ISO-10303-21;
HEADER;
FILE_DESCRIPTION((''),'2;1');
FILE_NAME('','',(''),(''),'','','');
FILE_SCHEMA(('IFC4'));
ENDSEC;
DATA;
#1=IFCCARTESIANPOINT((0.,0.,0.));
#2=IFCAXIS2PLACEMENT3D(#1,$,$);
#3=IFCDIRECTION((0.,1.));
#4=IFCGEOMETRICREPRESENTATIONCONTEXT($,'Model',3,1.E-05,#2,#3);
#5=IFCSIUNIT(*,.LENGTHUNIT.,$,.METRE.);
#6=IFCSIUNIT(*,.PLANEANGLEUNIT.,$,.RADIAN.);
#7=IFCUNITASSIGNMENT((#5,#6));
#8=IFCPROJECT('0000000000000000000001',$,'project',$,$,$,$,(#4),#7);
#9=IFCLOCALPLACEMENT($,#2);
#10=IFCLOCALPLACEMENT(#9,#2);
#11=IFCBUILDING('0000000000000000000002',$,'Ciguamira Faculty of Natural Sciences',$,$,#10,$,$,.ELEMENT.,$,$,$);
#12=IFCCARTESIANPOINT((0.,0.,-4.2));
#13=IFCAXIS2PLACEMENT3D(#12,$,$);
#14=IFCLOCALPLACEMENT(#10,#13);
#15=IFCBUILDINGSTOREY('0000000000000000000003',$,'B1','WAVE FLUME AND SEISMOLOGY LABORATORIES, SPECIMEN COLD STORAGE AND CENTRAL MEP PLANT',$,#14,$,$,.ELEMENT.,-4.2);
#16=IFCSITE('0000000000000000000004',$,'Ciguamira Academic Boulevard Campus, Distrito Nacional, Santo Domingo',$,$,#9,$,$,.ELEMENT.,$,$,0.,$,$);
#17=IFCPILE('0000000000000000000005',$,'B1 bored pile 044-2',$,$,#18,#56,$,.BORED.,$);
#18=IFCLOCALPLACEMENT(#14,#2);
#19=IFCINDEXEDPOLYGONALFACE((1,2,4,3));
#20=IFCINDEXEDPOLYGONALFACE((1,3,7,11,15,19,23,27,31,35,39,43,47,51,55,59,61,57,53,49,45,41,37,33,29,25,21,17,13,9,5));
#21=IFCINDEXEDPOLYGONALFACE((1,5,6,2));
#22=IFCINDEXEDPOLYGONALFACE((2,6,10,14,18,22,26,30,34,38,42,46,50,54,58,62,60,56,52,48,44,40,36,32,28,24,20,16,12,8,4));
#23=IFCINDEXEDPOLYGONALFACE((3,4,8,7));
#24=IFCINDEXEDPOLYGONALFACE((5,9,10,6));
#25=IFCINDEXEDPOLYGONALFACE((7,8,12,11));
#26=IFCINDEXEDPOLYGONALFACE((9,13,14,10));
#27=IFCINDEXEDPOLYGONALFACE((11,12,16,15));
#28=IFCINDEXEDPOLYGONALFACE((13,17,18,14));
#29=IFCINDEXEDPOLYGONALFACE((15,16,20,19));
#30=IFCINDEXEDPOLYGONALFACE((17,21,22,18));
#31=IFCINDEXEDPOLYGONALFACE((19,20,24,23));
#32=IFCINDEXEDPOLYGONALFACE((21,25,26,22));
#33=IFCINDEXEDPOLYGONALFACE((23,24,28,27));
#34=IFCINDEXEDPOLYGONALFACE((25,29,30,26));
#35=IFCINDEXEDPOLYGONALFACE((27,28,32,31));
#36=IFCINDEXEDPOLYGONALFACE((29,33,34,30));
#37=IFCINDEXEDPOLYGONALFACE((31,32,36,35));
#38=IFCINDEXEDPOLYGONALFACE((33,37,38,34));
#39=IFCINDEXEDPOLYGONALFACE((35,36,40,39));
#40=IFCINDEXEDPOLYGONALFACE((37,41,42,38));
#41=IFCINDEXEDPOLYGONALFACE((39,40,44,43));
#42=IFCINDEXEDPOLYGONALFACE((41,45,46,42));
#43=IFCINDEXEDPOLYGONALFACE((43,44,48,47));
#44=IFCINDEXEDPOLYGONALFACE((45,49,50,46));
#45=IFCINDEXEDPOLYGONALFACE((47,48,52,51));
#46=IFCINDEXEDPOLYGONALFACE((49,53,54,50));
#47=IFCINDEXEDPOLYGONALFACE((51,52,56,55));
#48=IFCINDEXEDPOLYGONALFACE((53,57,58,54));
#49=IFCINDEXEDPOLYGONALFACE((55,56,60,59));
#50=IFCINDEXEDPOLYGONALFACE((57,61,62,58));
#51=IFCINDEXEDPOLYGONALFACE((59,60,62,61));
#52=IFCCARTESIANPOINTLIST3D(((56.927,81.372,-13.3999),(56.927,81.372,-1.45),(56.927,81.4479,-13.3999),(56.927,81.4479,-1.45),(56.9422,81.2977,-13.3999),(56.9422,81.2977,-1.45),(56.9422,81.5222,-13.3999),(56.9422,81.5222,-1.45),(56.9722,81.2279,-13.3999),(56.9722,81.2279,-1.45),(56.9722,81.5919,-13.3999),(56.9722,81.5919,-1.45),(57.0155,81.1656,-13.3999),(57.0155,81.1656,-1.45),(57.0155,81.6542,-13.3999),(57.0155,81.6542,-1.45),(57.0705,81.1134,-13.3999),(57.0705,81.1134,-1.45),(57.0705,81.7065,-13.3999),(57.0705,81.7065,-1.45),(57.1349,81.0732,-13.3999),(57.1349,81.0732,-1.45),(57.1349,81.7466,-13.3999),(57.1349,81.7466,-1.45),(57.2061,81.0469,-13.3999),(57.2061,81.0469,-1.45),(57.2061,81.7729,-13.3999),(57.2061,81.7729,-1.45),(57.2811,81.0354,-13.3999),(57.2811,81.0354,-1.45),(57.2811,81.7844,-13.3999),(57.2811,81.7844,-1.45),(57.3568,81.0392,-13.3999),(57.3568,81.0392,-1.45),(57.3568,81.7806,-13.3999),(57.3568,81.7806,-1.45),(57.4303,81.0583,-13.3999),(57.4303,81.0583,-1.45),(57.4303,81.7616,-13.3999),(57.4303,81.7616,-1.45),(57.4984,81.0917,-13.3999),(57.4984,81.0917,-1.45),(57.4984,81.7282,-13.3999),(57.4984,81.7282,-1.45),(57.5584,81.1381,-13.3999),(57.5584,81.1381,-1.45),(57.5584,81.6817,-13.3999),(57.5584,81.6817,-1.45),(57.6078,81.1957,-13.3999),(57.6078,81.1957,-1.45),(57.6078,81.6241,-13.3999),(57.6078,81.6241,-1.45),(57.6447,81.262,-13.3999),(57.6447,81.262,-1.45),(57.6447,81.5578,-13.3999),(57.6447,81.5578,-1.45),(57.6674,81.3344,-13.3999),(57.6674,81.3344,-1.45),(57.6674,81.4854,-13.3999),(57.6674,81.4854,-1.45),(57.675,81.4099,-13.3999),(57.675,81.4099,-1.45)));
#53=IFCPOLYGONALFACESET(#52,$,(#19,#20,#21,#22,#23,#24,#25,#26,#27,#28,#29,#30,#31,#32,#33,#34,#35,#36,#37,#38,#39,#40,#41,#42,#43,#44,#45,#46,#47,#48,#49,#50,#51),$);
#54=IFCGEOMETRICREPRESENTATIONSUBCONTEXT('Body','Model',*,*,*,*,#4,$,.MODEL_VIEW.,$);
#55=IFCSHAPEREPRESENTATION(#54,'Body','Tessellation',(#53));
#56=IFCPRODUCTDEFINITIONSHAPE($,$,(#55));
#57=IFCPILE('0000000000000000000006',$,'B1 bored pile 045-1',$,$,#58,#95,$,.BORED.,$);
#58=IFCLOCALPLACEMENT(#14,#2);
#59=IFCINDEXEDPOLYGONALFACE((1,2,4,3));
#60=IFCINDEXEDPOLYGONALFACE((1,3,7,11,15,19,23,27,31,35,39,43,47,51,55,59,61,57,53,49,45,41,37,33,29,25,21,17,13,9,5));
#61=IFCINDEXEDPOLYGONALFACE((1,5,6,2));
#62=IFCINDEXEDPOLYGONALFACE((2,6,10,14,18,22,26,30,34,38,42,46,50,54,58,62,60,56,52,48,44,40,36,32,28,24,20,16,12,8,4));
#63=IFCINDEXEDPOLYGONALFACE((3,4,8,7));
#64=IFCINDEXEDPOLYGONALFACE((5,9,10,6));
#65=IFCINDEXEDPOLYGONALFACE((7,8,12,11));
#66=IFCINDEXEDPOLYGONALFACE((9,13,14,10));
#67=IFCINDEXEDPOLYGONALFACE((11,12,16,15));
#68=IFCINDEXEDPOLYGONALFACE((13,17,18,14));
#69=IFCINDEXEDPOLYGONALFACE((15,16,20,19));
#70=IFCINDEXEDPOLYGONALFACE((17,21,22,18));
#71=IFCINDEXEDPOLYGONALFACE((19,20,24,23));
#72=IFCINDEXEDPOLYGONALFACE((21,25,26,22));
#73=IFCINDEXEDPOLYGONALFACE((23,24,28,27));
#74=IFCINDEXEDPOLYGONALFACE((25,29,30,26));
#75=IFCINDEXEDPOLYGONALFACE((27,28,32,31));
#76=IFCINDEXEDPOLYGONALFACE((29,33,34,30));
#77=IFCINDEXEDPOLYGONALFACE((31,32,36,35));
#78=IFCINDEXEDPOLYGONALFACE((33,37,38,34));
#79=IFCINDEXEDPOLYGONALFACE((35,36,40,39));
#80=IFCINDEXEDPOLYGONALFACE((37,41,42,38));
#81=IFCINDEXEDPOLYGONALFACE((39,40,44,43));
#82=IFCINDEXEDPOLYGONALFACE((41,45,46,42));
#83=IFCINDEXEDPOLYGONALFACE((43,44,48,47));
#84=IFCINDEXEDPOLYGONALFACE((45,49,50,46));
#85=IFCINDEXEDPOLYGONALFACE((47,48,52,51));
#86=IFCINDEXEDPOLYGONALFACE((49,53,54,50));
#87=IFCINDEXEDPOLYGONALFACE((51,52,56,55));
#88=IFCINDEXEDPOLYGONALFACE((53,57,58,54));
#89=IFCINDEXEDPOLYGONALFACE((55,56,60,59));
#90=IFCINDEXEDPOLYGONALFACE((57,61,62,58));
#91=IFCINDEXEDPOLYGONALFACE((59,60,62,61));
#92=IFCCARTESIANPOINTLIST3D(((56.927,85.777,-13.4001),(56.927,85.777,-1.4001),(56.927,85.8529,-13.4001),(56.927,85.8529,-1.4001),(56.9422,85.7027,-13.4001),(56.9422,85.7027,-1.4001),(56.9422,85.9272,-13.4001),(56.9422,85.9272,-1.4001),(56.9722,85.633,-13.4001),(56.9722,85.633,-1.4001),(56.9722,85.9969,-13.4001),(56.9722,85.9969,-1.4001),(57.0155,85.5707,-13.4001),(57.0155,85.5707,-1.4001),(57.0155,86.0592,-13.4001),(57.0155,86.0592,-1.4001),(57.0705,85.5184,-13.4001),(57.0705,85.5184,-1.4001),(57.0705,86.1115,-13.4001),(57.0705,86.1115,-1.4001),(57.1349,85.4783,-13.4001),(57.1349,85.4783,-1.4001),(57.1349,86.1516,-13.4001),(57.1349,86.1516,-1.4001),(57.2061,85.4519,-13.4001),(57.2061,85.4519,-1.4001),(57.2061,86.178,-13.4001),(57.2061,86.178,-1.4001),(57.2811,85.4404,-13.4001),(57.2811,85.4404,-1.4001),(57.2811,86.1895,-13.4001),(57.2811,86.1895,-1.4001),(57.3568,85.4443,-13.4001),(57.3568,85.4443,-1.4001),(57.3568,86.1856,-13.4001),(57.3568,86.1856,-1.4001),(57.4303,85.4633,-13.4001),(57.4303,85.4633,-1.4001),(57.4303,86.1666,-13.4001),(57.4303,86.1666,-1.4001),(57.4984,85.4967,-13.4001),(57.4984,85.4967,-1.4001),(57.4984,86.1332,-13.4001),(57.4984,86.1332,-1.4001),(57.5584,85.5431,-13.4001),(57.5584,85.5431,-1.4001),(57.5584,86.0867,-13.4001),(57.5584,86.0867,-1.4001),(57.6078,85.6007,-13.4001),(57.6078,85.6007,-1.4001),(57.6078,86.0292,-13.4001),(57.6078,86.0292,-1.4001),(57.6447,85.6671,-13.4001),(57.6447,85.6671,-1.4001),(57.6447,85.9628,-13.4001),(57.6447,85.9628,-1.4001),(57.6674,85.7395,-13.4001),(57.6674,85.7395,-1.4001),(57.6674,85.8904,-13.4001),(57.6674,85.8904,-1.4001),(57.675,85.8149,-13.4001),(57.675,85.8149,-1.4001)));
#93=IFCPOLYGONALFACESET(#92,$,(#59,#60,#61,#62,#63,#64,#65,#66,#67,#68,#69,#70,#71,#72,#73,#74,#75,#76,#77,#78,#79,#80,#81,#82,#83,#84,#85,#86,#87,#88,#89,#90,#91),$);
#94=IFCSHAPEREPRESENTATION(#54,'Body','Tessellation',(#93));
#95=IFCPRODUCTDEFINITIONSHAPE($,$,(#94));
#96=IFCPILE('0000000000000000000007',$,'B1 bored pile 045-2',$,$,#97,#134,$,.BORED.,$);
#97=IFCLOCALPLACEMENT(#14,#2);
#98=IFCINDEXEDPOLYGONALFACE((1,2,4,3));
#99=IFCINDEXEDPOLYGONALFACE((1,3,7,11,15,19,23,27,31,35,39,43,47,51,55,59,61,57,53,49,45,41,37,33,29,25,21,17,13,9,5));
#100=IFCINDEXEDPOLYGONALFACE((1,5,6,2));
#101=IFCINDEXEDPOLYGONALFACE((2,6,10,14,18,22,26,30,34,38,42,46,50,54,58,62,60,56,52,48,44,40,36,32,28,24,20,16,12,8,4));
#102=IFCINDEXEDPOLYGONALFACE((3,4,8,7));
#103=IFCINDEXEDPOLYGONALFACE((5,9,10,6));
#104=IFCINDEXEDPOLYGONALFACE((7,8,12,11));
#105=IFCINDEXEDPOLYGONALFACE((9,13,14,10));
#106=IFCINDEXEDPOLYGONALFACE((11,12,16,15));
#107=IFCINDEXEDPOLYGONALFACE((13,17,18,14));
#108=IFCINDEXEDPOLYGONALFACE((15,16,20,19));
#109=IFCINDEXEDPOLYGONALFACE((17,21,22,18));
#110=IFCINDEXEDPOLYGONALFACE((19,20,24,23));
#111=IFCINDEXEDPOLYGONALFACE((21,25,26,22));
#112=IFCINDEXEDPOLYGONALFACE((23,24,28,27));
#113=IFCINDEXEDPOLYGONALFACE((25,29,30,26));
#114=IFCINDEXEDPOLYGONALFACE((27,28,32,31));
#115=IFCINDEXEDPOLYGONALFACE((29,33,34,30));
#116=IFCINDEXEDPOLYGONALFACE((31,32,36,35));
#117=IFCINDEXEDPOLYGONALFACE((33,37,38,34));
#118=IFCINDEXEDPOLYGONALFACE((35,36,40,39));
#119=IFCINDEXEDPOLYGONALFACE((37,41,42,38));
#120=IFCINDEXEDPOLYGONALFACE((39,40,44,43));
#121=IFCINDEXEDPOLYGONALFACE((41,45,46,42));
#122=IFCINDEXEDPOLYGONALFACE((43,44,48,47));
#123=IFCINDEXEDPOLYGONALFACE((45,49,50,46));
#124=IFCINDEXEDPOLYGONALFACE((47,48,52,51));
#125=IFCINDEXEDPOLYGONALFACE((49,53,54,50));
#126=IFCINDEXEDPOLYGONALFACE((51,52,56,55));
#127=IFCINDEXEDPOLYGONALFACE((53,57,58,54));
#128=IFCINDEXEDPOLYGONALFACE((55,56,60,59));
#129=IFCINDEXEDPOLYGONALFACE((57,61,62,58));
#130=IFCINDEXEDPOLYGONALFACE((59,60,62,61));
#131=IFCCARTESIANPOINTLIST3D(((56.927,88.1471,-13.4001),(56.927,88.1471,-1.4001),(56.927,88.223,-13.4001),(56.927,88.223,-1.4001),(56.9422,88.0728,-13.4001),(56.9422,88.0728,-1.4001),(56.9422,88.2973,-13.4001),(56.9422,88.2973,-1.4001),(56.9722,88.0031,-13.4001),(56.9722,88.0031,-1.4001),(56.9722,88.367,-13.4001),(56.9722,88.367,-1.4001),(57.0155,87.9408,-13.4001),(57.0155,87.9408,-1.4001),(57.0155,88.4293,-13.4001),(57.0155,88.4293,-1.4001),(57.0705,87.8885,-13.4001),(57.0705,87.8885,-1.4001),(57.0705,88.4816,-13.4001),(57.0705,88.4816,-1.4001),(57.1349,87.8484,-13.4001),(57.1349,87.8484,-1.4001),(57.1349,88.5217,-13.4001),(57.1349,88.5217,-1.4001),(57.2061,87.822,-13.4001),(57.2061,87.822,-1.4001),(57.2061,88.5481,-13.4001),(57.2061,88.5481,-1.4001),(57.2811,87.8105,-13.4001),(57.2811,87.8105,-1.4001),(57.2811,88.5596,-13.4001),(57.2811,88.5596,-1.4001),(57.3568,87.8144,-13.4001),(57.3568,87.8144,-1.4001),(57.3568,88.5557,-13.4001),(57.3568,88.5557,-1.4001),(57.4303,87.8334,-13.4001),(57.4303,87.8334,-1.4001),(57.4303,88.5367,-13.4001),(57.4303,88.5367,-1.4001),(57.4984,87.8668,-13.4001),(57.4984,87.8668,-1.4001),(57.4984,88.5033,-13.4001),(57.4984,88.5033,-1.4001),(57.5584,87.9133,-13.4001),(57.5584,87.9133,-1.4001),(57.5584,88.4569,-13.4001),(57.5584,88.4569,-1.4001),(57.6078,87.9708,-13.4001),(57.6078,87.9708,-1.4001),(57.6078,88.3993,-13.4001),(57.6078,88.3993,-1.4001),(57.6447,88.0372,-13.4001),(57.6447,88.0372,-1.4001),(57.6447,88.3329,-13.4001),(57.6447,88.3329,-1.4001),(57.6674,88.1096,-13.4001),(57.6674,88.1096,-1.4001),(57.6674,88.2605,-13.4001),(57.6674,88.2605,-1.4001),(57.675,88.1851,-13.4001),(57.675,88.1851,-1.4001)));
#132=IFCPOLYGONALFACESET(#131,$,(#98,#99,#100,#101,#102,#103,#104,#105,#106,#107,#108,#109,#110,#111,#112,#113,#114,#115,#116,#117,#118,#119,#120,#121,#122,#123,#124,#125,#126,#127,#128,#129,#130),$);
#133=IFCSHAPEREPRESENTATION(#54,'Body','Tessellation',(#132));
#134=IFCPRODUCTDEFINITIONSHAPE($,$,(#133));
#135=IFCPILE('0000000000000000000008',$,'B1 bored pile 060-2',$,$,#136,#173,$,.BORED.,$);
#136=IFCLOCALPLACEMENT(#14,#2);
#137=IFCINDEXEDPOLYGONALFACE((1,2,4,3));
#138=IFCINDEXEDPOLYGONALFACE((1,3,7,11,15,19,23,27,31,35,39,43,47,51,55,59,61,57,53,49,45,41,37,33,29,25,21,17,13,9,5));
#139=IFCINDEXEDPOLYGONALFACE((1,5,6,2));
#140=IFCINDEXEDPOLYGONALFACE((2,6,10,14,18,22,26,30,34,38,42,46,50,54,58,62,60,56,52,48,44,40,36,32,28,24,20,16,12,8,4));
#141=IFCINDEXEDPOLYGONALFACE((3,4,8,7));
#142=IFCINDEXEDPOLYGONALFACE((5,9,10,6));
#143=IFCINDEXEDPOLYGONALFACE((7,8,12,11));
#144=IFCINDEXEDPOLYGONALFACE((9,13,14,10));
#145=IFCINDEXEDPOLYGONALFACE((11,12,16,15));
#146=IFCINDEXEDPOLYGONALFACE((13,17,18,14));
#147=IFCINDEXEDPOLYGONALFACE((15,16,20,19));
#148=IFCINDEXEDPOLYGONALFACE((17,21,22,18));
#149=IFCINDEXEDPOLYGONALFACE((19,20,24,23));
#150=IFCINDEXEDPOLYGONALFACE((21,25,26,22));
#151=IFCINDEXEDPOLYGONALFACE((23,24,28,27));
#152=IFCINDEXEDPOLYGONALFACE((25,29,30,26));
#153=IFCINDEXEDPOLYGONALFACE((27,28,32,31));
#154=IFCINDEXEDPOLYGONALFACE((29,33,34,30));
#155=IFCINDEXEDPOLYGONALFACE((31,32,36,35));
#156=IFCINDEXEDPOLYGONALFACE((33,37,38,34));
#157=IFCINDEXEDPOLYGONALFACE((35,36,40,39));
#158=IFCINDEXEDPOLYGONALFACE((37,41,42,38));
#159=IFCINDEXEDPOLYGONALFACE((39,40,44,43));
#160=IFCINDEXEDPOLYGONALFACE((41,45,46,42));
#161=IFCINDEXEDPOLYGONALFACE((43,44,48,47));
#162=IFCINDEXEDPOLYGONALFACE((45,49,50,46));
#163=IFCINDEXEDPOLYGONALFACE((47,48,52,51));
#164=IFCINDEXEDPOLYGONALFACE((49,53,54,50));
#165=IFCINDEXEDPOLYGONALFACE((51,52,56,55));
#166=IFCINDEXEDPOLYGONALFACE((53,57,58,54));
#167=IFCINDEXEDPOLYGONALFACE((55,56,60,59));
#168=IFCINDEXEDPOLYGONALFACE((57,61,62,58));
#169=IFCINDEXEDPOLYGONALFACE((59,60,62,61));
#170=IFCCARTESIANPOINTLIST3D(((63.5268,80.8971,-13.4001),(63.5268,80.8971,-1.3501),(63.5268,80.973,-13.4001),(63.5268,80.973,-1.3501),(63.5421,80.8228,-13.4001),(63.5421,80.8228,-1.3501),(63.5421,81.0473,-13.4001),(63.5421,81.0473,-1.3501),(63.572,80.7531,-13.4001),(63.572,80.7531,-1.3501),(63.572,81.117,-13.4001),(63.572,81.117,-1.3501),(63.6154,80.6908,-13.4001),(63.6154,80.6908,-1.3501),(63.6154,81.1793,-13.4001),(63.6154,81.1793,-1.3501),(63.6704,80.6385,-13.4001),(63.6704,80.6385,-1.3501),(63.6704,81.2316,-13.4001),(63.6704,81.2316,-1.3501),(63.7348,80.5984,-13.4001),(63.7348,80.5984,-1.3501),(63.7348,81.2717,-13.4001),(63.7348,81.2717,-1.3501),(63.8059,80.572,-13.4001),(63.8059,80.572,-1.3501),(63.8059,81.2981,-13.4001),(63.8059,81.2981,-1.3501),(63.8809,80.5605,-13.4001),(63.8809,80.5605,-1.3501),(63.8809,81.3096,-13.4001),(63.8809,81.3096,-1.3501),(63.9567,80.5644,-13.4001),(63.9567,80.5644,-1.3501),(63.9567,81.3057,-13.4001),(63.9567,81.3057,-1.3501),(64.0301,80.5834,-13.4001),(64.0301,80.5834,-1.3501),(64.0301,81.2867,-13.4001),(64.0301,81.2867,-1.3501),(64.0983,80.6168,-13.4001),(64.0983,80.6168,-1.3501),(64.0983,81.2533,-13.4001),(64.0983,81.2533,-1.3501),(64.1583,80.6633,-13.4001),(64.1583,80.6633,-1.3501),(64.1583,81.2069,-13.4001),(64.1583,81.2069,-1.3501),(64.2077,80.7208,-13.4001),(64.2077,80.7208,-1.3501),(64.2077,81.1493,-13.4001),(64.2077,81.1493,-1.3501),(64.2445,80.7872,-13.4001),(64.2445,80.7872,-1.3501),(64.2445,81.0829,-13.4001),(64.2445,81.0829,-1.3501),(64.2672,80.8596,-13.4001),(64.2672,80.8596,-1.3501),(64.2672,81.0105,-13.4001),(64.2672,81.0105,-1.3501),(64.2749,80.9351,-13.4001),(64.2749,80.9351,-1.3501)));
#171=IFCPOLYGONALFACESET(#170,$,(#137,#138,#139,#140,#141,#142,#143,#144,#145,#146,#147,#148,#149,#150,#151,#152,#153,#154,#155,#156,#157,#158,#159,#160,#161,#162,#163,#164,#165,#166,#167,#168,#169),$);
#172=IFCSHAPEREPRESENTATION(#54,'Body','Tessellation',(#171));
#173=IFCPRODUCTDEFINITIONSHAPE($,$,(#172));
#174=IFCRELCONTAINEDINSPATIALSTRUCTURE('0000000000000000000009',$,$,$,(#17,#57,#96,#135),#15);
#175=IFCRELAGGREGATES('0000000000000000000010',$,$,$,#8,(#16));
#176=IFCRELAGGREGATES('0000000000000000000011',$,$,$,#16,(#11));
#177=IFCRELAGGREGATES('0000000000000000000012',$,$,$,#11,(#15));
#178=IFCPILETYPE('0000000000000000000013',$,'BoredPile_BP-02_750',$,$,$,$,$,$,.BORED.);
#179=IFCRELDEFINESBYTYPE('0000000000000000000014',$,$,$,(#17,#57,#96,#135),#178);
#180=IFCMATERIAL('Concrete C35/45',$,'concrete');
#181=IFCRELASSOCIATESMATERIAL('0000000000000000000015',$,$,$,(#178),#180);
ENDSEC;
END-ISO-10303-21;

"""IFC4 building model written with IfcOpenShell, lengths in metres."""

from ifc_helpers import new_model, si_unit, direction, frame, origin, origin_2d, place, context, subcontext, project, spatial, circle, extrude, material, material_profile, profile_set, type_object, element, save


model = new_model("IFC4")

# Units and contexts
model_context = context("Model", 3, precision=1e-05, world=origin(), true_north=direction((0.0, 1.0)))
body_context = subcontext(model_context, "Body", "Model", "MODEL_VIEW")
ifc_project = project(units=[si_unit("LENGTHUNIT", "METRE"), si_unit("PLANEANGLEUNIT", "RADIAN")], contexts=[model_context])

# Site, building, storey
site_placement = place(None, origin())
site = spatial("IfcSite", under=ifc_project, at=site_placement, Name="Ciguamira Academic Boulevard Campus, Distrito Nacional, Santo Domingo", CompositionType="ELEMENT", RefElevation=0.0)
building_placement = place(site_placement, origin())
building = spatial("IfcBuilding", under=site, at=building_placement, Name="Ciguamira Faculty of Natural Sciences", CompositionType="ELEMENT")
storey_placement = place(building_placement, frame((0.0, 0.0, -4.2)))
storey = spatial("IfcBuildingStorey", under=building, at=storey_placement, Name="B1", Description="WAVE FLUME AND SEISMOLOGY LABORATORIES, SPECIMEN COLD STORAGE AND CENTRAL MEP PLANT", CompositionType="ELEMENT", Elevation=-4.2)

# Piles
ifc_material_1 = material(Name="Concrete C35/45", Category="concrete")
ifc_material_profile_1 = material_profile(ifc_material_1, circle(Radius=0.375, at=origin_2d()), Name="PILE-BORED-750")
ifc_profile_set_1 = profile_set([ifc_material_profile_1], Name="Concrete C35/45")
pile_type = type_object("IfcPileType", Name="BoredPile_BP-02_750", PredefinedType="BORED", material=ifc_profile_set_1)
pile_1_placement = place(storey_placement, frame((57.3, 81.4099, -1.45), z_axis=(0.0, 0.0, -1.0), x_axis=(1.0, 0.0, 0.0)))
element("IfcPile", 1, at=pile_1_placement, inside=storey, type_object=pile_type, Name="B1 bored pile 044-2", PredefinedType="BORED", context=body_context, shape_type="SweptSolid", body=[
    extrude(circle(Radius=0.375, at=origin_2d()), origin(), (0.0, 0.0, 1.0), 11.95),
])
for number, where, z_axis, x_axis, name in (
    (2, (57.3, 85.8149, -1.4001), (0.0, 0.0, -1.0), (1.0, 0.0, 0.0), "B1 bored pile 045-1"),
    (3, (57.3, 88.1851, -1.4001), (0.0, 0.0, -1.0), (1.0, 0.0, 0.0), "B1 bored pile 045-2"),
):
    element("IfcPile", number, at=place(storey_placement, frame(where, z_axis=z_axis, x_axis=x_axis)), inside=storey, type_object=pile_type, Name=name, PredefinedType="BORED", context=body_context, shape_type="SweptSolid", body=[
        extrude(circle(Radius=0.375, at=origin_2d()), origin(), (0.0, 0.0, 1.0), 12.0),
    ])
pile_2_placement = place(storey_placement, frame((63.8999, 80.9351, -1.3501), z_axis=(0.0, 0.0, -1.0), x_axis=(1.0, 0.0, 0.0)))
element("IfcPile", 4, at=pile_2_placement, inside=storey, type_object=pile_type, Name="B1 bored pile 060-2", PredefinedType="BORED", context=body_context, shape_type="SweptSolid", body=[
    extrude(circle(Radius=0.375, at=origin_2d()), origin(), (0.0, 0.0, 1.0), 12.05),
])

save(model, "model.ifc")
